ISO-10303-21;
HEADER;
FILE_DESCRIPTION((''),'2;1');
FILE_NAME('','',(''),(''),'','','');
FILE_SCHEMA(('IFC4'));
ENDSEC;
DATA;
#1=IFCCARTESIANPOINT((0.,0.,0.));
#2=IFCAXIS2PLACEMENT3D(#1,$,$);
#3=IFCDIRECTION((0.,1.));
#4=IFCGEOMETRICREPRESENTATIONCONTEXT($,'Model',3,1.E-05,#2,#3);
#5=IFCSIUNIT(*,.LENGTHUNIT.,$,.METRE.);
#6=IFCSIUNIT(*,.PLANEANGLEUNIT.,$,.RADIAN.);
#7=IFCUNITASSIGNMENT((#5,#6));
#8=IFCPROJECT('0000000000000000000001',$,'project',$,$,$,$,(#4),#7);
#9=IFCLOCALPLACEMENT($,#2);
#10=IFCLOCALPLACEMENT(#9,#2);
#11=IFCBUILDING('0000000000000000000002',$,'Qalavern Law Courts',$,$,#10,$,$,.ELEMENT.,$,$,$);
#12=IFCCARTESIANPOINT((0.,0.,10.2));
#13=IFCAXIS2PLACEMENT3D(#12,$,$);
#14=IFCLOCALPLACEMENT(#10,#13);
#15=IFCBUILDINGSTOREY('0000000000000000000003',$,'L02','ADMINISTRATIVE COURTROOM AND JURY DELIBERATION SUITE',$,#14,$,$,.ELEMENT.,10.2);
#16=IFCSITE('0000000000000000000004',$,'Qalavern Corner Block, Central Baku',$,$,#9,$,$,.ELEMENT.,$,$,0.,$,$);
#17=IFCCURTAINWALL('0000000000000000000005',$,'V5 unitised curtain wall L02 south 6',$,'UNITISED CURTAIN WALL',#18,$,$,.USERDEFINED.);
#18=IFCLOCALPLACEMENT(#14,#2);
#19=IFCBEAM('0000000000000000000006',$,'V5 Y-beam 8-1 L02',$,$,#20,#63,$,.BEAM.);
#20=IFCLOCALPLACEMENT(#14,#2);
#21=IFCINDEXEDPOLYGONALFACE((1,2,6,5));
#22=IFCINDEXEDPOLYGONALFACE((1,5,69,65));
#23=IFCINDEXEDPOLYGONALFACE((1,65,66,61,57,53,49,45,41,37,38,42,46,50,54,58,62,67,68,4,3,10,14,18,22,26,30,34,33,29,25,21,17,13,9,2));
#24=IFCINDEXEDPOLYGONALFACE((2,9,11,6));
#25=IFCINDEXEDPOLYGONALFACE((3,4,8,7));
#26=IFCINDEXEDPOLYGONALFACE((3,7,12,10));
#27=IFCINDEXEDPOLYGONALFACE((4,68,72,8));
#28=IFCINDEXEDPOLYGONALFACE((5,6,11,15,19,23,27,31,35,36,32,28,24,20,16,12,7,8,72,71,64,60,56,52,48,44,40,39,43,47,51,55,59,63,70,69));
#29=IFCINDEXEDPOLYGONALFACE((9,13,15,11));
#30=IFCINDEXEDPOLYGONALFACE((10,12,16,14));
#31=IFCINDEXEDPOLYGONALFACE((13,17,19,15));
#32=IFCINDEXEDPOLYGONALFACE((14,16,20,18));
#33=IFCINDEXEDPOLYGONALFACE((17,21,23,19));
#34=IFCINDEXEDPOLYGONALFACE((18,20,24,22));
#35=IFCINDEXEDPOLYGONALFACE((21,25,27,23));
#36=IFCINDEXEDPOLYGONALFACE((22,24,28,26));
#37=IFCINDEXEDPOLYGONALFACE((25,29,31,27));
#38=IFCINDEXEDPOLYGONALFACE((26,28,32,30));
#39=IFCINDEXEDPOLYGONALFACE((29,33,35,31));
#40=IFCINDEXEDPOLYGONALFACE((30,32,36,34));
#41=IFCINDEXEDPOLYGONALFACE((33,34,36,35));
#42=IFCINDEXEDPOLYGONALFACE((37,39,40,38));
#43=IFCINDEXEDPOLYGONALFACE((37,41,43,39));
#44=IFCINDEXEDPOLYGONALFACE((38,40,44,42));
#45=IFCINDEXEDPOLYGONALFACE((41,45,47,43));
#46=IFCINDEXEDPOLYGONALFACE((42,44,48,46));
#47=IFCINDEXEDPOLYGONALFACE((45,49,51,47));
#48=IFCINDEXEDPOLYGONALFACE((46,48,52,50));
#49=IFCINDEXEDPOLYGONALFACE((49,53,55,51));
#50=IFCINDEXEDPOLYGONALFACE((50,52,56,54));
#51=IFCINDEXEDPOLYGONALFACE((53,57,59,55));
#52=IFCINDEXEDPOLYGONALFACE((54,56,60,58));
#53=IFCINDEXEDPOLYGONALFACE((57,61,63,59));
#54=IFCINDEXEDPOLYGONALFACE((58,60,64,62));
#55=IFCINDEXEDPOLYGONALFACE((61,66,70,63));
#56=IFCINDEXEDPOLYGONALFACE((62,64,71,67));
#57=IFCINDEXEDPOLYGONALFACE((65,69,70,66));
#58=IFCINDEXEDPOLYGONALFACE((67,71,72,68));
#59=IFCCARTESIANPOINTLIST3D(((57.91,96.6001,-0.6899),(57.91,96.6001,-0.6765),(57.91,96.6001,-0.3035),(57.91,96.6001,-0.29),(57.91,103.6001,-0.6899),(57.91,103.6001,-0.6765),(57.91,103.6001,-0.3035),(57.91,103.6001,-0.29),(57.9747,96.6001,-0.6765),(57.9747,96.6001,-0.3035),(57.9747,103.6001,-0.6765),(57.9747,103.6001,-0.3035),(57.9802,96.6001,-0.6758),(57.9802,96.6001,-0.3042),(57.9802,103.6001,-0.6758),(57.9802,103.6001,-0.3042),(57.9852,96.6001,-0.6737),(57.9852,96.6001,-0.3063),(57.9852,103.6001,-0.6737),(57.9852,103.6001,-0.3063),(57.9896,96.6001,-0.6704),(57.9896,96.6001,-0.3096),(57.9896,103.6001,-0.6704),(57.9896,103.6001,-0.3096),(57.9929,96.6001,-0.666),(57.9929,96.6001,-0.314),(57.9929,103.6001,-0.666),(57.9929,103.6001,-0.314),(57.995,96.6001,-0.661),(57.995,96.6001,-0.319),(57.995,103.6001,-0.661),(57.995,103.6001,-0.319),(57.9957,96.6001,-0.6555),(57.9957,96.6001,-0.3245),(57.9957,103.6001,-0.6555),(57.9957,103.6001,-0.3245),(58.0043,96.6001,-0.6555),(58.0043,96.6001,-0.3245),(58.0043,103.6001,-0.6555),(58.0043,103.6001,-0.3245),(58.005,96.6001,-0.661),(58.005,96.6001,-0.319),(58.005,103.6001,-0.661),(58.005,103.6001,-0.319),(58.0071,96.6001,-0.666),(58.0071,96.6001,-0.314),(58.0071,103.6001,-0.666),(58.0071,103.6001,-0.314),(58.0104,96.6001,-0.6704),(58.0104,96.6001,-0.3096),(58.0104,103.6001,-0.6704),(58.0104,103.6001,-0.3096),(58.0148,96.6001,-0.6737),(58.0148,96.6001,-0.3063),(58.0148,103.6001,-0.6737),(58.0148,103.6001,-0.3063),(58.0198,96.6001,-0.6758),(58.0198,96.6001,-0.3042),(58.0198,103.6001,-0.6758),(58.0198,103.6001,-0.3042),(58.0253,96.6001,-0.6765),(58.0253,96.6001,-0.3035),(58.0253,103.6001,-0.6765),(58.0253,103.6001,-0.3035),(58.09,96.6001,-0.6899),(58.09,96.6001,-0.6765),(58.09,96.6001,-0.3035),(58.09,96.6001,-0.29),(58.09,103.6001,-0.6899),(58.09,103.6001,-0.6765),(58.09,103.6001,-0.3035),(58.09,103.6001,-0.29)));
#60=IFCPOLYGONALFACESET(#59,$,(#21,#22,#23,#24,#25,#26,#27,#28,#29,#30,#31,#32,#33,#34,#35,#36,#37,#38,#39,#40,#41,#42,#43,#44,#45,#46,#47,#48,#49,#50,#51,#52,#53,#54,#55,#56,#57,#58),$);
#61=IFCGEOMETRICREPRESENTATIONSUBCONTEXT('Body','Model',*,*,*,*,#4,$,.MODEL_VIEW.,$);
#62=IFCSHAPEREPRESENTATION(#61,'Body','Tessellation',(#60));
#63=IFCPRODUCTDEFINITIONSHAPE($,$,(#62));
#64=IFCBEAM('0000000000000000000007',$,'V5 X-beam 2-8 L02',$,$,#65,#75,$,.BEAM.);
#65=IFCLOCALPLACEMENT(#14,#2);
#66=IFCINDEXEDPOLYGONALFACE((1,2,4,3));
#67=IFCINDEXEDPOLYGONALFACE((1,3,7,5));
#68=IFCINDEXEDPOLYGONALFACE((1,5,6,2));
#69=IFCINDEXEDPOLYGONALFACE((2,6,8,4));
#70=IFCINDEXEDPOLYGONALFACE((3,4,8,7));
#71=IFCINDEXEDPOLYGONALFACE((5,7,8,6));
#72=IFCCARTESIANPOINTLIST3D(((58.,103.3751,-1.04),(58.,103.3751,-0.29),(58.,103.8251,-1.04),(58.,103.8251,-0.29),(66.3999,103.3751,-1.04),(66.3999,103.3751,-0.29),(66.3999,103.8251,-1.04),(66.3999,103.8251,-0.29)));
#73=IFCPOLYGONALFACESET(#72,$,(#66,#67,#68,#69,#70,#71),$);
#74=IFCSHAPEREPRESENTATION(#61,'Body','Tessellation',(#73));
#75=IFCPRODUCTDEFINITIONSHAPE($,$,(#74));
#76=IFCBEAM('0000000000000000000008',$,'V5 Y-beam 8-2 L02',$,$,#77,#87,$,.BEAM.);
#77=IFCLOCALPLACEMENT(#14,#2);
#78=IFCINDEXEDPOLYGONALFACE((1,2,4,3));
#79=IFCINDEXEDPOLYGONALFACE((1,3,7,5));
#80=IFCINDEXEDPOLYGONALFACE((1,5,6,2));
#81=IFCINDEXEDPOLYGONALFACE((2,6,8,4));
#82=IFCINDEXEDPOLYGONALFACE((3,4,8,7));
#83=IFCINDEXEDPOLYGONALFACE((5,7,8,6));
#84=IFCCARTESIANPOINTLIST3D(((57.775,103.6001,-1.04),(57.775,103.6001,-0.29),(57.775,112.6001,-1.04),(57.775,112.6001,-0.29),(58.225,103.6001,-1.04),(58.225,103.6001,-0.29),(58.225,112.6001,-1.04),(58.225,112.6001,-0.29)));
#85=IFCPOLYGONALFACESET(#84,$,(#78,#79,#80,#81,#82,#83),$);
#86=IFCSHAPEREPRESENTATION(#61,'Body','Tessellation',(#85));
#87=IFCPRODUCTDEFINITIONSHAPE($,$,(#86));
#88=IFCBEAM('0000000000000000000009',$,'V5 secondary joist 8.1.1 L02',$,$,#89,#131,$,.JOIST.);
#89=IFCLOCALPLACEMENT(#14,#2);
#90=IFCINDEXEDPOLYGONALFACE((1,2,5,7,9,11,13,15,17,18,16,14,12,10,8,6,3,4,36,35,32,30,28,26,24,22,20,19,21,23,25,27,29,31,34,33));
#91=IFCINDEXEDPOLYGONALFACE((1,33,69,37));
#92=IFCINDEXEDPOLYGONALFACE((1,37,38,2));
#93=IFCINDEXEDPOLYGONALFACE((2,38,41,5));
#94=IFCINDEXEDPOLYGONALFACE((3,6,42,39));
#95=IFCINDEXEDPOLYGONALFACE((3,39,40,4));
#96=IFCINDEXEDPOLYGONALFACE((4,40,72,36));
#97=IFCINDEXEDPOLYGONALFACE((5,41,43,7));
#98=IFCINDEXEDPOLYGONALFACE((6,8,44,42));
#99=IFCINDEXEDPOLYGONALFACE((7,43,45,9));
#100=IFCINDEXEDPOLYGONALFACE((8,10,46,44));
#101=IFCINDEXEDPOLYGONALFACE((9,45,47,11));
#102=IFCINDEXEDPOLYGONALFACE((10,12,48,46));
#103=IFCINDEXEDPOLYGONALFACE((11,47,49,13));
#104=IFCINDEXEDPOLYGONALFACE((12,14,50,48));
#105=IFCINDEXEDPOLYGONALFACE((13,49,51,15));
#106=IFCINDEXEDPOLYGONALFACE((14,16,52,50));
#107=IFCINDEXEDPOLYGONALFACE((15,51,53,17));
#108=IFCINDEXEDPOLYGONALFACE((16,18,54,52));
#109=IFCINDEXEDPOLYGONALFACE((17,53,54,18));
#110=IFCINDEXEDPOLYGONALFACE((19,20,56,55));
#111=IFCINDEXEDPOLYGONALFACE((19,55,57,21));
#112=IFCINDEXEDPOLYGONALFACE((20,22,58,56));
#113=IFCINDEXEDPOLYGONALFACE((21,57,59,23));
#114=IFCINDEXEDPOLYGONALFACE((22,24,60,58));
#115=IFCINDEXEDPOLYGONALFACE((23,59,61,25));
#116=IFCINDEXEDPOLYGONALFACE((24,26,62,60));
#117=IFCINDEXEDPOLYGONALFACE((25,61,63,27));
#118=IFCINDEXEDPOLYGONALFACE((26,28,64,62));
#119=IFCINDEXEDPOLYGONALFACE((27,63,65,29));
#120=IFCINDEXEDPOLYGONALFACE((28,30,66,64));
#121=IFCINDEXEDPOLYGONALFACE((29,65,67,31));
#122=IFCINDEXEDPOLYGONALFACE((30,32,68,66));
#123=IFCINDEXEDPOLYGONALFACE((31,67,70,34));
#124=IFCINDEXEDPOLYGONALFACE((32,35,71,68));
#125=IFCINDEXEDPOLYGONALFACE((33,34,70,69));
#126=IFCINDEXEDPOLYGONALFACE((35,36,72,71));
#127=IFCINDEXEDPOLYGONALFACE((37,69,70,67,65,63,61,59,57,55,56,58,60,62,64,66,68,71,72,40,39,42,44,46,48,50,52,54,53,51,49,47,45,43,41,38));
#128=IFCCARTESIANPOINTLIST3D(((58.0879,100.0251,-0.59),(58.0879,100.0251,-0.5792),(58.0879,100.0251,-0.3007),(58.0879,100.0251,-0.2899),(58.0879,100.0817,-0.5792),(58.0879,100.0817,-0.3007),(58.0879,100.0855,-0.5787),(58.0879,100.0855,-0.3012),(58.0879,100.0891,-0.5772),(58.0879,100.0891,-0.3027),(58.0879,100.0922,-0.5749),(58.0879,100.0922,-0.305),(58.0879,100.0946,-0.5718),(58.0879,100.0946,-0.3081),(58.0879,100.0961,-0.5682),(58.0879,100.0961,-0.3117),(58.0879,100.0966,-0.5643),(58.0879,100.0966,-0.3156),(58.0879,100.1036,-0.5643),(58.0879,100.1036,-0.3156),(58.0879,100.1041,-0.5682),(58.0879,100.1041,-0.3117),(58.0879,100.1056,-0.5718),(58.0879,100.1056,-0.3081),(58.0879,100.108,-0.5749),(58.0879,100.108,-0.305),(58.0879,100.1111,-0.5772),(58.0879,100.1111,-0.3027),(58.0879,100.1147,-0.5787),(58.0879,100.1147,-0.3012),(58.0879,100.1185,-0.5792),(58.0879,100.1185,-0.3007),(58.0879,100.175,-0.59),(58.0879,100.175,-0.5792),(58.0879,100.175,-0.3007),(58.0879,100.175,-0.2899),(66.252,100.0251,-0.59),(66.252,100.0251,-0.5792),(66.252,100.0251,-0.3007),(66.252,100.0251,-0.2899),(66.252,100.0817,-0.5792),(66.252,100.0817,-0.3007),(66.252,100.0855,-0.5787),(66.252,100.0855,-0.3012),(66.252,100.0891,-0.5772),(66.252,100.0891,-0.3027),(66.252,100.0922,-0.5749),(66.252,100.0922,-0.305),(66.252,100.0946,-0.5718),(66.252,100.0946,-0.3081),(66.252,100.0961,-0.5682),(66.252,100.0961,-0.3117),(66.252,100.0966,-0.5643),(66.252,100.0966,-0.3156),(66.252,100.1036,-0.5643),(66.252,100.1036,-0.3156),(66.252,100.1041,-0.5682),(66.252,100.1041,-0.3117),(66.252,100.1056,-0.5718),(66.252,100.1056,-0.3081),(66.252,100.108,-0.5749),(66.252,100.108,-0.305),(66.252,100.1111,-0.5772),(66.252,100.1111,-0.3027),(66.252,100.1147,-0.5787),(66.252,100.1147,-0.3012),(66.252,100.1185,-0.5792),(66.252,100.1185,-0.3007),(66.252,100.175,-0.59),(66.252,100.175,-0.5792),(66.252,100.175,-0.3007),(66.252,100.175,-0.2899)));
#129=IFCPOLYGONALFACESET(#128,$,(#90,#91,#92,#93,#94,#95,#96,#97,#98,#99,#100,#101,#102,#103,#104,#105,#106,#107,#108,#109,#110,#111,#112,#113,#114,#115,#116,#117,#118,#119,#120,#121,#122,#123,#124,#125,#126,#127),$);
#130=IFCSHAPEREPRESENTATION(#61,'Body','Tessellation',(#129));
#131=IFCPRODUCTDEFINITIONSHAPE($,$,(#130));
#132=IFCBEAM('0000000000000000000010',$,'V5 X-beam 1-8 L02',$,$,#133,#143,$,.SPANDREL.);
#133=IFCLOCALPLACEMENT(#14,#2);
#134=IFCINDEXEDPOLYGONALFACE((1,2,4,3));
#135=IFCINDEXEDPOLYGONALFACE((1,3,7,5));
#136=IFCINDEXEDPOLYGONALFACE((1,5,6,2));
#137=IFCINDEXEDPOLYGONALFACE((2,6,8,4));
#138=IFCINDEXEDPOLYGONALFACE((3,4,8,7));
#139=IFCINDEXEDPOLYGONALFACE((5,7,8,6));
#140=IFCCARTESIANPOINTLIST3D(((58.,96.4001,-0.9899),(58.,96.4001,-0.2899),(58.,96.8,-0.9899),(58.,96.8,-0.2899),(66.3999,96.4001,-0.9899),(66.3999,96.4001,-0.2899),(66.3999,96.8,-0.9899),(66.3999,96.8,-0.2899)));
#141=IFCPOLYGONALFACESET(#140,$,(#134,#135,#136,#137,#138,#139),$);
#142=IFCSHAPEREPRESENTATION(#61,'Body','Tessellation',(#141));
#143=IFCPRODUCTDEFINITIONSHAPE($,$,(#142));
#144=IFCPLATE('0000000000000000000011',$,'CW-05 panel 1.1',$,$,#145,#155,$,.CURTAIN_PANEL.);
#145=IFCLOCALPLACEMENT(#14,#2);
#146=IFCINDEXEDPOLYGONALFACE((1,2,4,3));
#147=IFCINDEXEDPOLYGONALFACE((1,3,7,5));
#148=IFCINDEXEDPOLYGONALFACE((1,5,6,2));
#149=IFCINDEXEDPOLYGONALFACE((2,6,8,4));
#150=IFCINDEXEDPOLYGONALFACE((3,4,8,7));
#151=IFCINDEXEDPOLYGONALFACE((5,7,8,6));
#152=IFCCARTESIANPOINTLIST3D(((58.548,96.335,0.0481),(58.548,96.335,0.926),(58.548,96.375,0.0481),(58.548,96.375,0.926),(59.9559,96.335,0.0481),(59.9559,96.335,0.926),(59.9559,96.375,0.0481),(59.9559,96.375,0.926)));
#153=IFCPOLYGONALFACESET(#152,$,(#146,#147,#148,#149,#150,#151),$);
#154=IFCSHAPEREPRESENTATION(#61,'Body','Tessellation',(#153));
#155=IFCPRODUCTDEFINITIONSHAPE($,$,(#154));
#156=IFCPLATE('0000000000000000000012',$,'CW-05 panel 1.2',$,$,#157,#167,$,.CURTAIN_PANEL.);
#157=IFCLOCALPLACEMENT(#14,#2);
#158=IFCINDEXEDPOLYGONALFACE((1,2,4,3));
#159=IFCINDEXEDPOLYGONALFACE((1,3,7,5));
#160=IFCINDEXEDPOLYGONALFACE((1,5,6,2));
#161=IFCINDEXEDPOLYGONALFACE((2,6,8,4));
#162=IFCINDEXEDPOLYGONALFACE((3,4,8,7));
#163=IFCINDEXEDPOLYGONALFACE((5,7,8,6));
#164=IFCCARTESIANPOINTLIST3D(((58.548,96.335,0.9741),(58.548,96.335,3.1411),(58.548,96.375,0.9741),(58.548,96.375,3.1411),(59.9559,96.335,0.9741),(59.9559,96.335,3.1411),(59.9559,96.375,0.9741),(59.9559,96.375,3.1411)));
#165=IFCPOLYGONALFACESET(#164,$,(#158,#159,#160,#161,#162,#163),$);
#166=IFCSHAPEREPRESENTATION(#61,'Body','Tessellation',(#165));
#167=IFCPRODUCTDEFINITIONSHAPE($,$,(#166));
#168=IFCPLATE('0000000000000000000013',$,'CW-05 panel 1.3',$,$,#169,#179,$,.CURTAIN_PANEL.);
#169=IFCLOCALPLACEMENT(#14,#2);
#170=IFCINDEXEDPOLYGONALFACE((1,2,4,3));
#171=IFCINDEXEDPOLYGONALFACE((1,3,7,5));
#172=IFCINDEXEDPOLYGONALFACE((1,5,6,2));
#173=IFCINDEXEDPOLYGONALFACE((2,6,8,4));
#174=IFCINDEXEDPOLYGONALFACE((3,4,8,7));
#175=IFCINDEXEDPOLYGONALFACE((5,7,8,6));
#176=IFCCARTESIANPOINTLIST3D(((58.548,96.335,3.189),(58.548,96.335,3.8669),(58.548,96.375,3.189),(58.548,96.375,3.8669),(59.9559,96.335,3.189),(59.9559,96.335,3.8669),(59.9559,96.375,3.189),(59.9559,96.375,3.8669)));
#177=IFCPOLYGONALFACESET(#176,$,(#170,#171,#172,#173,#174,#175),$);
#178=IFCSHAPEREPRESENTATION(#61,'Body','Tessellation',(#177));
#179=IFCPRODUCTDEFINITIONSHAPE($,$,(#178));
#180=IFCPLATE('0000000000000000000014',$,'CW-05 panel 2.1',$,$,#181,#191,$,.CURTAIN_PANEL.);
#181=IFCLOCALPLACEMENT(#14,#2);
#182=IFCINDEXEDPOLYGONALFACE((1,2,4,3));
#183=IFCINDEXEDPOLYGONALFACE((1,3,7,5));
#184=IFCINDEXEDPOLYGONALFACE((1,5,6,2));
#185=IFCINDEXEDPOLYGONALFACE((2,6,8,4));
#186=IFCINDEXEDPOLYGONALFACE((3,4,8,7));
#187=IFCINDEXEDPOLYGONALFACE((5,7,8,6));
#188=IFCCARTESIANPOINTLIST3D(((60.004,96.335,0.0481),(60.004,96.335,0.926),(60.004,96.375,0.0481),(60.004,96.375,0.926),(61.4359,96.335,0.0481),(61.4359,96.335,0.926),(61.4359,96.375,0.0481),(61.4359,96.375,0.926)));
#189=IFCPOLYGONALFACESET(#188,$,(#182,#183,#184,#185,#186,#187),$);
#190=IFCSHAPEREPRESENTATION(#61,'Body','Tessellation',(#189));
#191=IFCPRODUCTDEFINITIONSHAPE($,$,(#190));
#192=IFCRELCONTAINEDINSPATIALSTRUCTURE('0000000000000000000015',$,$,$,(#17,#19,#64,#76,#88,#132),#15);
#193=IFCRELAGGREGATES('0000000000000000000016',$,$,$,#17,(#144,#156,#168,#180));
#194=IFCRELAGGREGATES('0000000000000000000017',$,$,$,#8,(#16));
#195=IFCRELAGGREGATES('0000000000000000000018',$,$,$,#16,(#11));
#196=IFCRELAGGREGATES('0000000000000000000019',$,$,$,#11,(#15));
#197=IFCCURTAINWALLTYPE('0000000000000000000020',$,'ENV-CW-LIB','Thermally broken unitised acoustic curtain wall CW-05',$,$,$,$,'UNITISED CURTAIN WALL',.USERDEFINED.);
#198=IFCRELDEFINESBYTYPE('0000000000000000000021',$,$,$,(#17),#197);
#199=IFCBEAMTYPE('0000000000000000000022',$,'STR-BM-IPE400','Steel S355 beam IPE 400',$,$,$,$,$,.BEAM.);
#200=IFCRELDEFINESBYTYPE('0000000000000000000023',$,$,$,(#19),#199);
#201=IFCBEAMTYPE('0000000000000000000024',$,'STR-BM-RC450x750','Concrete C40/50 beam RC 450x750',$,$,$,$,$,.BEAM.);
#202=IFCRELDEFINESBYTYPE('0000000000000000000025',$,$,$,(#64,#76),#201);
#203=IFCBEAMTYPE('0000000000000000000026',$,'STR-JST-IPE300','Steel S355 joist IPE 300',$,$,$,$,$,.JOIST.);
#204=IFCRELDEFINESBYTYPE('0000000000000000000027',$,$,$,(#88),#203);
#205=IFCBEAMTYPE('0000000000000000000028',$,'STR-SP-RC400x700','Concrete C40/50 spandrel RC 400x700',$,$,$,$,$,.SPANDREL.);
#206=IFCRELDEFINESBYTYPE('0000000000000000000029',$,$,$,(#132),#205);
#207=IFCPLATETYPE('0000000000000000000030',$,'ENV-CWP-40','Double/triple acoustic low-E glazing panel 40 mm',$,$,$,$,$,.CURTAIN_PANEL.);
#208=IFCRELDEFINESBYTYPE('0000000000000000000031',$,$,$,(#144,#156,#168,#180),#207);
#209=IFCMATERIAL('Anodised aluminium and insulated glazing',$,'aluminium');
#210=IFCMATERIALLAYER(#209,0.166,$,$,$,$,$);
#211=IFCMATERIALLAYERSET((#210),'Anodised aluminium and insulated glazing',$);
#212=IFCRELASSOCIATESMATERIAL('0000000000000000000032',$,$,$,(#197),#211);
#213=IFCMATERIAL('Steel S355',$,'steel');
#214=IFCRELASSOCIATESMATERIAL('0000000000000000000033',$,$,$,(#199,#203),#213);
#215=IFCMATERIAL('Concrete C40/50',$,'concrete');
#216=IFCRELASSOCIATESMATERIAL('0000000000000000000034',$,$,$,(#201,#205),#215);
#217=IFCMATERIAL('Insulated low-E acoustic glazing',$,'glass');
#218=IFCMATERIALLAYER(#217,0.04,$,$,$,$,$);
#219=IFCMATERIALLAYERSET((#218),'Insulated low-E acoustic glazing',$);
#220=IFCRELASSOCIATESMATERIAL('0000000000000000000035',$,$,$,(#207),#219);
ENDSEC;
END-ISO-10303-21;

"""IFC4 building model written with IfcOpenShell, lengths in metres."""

from ifc_helpers import new_model, si_unit, direction, frame, origin, origin_2d, place, context, subcontext, project, spatial, rectangle, i_section, extrude, material, layer, layer_set, material_profile, profile_set, type_object, element, aggregate, save


model = new_model("IFC4")

# Units and contexts
model_context = context("Model", 3, precision=1e-05, world=origin(), true_north=direction((0.0, 1.0)))
body_context = subcontext(model_context, "Body", "Model", "MODEL_VIEW")
ifc_project = project(units=[si_unit("LENGTHUNIT", "METRE"), si_unit("PLANEANGLEUNIT", "RADIAN")], contexts=[model_context])

# Site, building, storey
site_placement = place(None, origin())
site = spatial("IfcSite", under=ifc_project, at=site_placement, Name="Qalavern Corner Block, Central Baku", CompositionType="ELEMENT", RefElevation=0.0)
building_placement = place(site_placement, origin())
building = spatial("IfcBuilding", under=site, at=building_placement, Name="Qalavern Law Courts", CompositionType="ELEMENT")
storey_placement = place(building_placement, frame((0.0, 0.0, 10.2)))
storey = spatial("IfcBuildingStorey", under=building, at=storey_placement, Name="L02", Description="ADMINISTRATIVE COURTROOM AND JURY DELIBERATION SUITE", CompositionType="ELEMENT", Elevation=10.2)

# Curtain wall
ifc_material_1 = material(Name="Anodised aluminium and insulated glazing", Category="aluminium")
ifc_layer_1 = layer(ifc_material_1, 0.166)
ifc_layer_set_1 = layer_set([ifc_layer_1], Name="Anodised aluminium and insulated glazing")
curtain_wall_type = type_object("IfcCurtainWallType", Name="ENV-CW-LIB", Description="Thermally broken unitised acoustic curtain wall CW-05", ElementType="UNITISED CURTAIN WALL", PredefinedType="USERDEFINED", material=ifc_layer_set_1)
curtain_wall_placement = place(storey_placement, origin())
curtain_wall = element("IfcCurtainWall", 1, at=curtain_wall_placement, inside=storey, type_object=curtain_wall_type, Name="V5 unitised curtain wall L02 south 6", ObjectType="UNITISED CURTAIN WALL", PredefinedType="USERDEFINED")

# Beams
ifc_material_2 = material(Name="Steel S355", Category="steel")
ifc_material_profile_1 = material_profile(ifc_material_2, i_section(OverallWidth=0.1799, OverallDepth=0.3999, WebThickness=0.0085, FlangeThickness=0.0134, FilletRadius=0.021, at=origin_2d()), Name="IPE 400")
ifc_profile_set_1 = profile_set([ifc_material_profile_1], Name="Steel S355")
beam_type_1 = type_object("IfcBeamType", Name="STR-BM-IPE400", Description="Steel S355 beam IPE 400", PredefinedType="BEAM", material=ifc_profile_set_1)
beam_1_placement = place(storey_placement, frame((58.0, 96.6001, -0.49), z_axis=(0.0, 1.0, 0.0), x_axis=(-1.0, 0.0, 0.0)))
element("IfcBeam", 2, at=beam_1_placement, inside=storey, type_object=beam_type_1, Name="V5 Y-beam 8-1 L02", PredefinedType="BEAM", context=body_context, shape_type="SweptSolid", body=[
    extrude(i_section(OverallWidth=0.1799, OverallDepth=0.3999, WebThickness=0.0085, FlangeThickness=0.0134, FilletRadius=0.021, at=origin_2d()), origin(), (0.0, 0.0, 1.0), 7.0),
])
ifc_material_3 = material(Name="Concrete C40/50", Category="concrete")
ifc_material_profile_2 = material_profile(ifc_material_3, rectangle(XDim=0.45, YDim=0.75, at=origin_2d()), Name="RC 450x750")
ifc_profile_set_2 = profile_set([ifc_material_profile_2], Name="Concrete C40/50")
beam_type_2 = type_object("IfcBeamType", Name="STR-BM-RC450x750", Description="Concrete C40/50 beam RC 450x750", PredefinedType="BEAM", material=ifc_profile_set_2)
beam_2_placement = place(storey_placement, frame((58.0, 103.6001, -0.665), z_axis=(1.0, 0.0, 0.0), x_axis=(0.0, 1.0, 0.0)))
element("IfcBeam", 3, at=beam_2_placement, inside=storey, type_object=beam_type_2, Name="V5 X-beam 2-8 L02", PredefinedType="BEAM", context=body_context, shape_type="SweptSolid", body=[
    extrude(rectangle(XDim=0.45, YDim=0.75, at=origin_2d()), origin(), (0.0, 0.0, 1.0), 8.3999),
])
beam_3_placement = place(storey_placement, frame((58.0, 103.6001, -0.665), z_axis=(0.0, 1.0, 0.0), x_axis=(-1.0, 0.0, 0.0)))
element("IfcBeam", 4, at=beam_3_placement, inside=storey, type_object=beam_type_2, Name="V5 Y-beam 8-2 L02", PredefinedType="BEAM", context=body_context, shape_type="SweptSolid", body=[
    extrude(rectangle(XDim=0.45, YDim=0.75, at=origin_2d()), origin(), (0.0, 0.0, 1.0), 9.0),
])
ifc_material_profile_3 = material_profile(ifc_material_2, i_section(OverallWidth=0.1499, OverallDepth=0.3, WebThickness=0.0071, FlangeThickness=0.0107, FilletRadius=0.0149, at=origin_2d()), Name="IPE 300")
ifc_profile_set_3 = profile_set([ifc_material_profile_3], Name="Steel S355")
beam_type_3 = type_object("IfcBeamType", Name="STR-JST-IPE300", Description="Steel S355 joist IPE 300", PredefinedType="JOIST", material=ifc_profile_set_3)
beam_4_placement = place(storey_placement, frame((58.0879, 100.1001, -0.4399), z_axis=(1.0, 0.0, 0.0), x_axis=(0.0, 1.0, 0.0)))
element("IfcBeam", 5, at=beam_4_placement, inside=storey, type_object=beam_type_3, Name="V5 secondary joist 8.1.1 L02", PredefinedType="JOIST", context=body_context, shape_type="SweptSolid", body=[
    extrude(i_section(OverallWidth=0.1499, OverallDepth=0.3, WebThickness=0.0071, FlangeThickness=0.0107, FilletRadius=0.0149, at=origin_2d()), origin(), (0.0, 0.0, 1.0), 8.1641),
])
ifc_material_profile_4 = material_profile(ifc_material_3, rectangle(XDim=0.3999, YDim=0.7, at=origin_2d()), Name="RC 400x700")
ifc_profile_set_4 = profile_set([ifc_material_profile_4], Name="Concrete C40/50")
beam_type_4 = type_object("IfcBeamType", Name="STR-SP-RC400x700", Description="Concrete C40/50 spandrel RC 400x700", PredefinedType="SPANDREL", material=ifc_profile_set_4)
beam_5_placement = place(storey_placement, frame((58.0, 96.6001, -0.6399), z_axis=(1.0, 0.0, 0.0), x_axis=(0.0, 1.0, 0.0)))
element("IfcBeam", 6, at=beam_5_placement, inside=storey, type_object=beam_type_4, Name="V5 X-beam 1-8 L02", PredefinedType="SPANDREL", context=body_context, shape_type="SweptSolid", body=[
    extrude(rectangle(XDim=0.3999, YDim=0.7, at=origin_2d()), origin(), (0.0, 0.0, 1.0), 8.3999),
])

# Plates
ifc_material_4 = material(Name="Insulated low-E acoustic glazing", Category="glass")
ifc_layer_2 = layer(ifc_material_4, 0.04)
ifc_layer_set_2 = layer_set([ifc_layer_2], Name="Insulated low-E acoustic glazing")
plate_type = type_object("IfcPlateType", Name="ENV-CWP-40", Description="Double/triple acoustic low-E glazing panel 40 mm", PredefinedType="CURTAIN_PANEL", material=ifc_layer_set_2)
plate_1_placement = place(storey_placement, frame((59.252, 96.355, 0.0481), z_axis=(0.0, 0.0, 1.0), x_axis=(1.0, 0.0, 0.0)))
plate_1 = element("IfcPlate", 7, at=plate_1_placement, type_object=plate_type, Name="CW-05 panel 1.1", PredefinedType="CURTAIN_PANEL", context=body_context, shape_type="SweptSolid", body=[
    extrude(rectangle(XDim=1.408, YDim=0.04, at=origin_2d()), origin(), (0.0, 0.0, 1.0), 0.8779),
])
plate_2_placement = place(storey_placement, frame((59.252, 96.355, 0.9741), z_axis=(0.0, 0.0, 1.0), x_axis=(1.0, 0.0, 0.0)))
plate_2 = element("IfcPlate", 8, at=plate_2_placement, type_object=plate_type, Name="CW-05 panel 1.2", PredefinedType="CURTAIN_PANEL", context=body_context, shape_type="SweptSolid", body=[
    extrude(rectangle(XDim=1.408, YDim=0.04, at=origin_2d()), origin(), (0.0, 0.0, 1.0), 2.167),
])
plate_3_placement = place(storey_placement, frame((59.252, 96.355, 3.189), z_axis=(0.0, 0.0, 1.0), x_axis=(1.0, 0.0, 0.0)))
plate_3 = element("IfcPlate", 9, at=plate_3_placement, type_object=plate_type, Name="CW-05 panel 1.3", PredefinedType="CURTAIN_PANEL", context=body_context, shape_type="SweptSolid", body=[
    extrude(rectangle(XDim=1.408, YDim=0.04, at=origin_2d()), origin(), (0.0, 0.0, 1.0), 0.678),
])
plate_4_placement = place(storey_placement, frame((60.72, 96.355, 0.0481), z_axis=(0.0, 0.0, 1.0), x_axis=(1.0, 0.0, 0.0)))
plate_4 = element("IfcPlate", 10, at=plate_4_placement, type_object=plate_type, Name="CW-05 panel 2.1", PredefinedType="CURTAIN_PANEL", context=body_context, shape_type="SweptSolid", body=[
    extrude(rectangle(XDim=1.4319, YDim=0.04, at=origin_2d()), origin(), (0.0, 0.0, 1.0), 0.8779),
])
aggregate(curtain_wall, [plate_1, plate_2, plate_3, plate_4])

save(model, "model.ifc")
